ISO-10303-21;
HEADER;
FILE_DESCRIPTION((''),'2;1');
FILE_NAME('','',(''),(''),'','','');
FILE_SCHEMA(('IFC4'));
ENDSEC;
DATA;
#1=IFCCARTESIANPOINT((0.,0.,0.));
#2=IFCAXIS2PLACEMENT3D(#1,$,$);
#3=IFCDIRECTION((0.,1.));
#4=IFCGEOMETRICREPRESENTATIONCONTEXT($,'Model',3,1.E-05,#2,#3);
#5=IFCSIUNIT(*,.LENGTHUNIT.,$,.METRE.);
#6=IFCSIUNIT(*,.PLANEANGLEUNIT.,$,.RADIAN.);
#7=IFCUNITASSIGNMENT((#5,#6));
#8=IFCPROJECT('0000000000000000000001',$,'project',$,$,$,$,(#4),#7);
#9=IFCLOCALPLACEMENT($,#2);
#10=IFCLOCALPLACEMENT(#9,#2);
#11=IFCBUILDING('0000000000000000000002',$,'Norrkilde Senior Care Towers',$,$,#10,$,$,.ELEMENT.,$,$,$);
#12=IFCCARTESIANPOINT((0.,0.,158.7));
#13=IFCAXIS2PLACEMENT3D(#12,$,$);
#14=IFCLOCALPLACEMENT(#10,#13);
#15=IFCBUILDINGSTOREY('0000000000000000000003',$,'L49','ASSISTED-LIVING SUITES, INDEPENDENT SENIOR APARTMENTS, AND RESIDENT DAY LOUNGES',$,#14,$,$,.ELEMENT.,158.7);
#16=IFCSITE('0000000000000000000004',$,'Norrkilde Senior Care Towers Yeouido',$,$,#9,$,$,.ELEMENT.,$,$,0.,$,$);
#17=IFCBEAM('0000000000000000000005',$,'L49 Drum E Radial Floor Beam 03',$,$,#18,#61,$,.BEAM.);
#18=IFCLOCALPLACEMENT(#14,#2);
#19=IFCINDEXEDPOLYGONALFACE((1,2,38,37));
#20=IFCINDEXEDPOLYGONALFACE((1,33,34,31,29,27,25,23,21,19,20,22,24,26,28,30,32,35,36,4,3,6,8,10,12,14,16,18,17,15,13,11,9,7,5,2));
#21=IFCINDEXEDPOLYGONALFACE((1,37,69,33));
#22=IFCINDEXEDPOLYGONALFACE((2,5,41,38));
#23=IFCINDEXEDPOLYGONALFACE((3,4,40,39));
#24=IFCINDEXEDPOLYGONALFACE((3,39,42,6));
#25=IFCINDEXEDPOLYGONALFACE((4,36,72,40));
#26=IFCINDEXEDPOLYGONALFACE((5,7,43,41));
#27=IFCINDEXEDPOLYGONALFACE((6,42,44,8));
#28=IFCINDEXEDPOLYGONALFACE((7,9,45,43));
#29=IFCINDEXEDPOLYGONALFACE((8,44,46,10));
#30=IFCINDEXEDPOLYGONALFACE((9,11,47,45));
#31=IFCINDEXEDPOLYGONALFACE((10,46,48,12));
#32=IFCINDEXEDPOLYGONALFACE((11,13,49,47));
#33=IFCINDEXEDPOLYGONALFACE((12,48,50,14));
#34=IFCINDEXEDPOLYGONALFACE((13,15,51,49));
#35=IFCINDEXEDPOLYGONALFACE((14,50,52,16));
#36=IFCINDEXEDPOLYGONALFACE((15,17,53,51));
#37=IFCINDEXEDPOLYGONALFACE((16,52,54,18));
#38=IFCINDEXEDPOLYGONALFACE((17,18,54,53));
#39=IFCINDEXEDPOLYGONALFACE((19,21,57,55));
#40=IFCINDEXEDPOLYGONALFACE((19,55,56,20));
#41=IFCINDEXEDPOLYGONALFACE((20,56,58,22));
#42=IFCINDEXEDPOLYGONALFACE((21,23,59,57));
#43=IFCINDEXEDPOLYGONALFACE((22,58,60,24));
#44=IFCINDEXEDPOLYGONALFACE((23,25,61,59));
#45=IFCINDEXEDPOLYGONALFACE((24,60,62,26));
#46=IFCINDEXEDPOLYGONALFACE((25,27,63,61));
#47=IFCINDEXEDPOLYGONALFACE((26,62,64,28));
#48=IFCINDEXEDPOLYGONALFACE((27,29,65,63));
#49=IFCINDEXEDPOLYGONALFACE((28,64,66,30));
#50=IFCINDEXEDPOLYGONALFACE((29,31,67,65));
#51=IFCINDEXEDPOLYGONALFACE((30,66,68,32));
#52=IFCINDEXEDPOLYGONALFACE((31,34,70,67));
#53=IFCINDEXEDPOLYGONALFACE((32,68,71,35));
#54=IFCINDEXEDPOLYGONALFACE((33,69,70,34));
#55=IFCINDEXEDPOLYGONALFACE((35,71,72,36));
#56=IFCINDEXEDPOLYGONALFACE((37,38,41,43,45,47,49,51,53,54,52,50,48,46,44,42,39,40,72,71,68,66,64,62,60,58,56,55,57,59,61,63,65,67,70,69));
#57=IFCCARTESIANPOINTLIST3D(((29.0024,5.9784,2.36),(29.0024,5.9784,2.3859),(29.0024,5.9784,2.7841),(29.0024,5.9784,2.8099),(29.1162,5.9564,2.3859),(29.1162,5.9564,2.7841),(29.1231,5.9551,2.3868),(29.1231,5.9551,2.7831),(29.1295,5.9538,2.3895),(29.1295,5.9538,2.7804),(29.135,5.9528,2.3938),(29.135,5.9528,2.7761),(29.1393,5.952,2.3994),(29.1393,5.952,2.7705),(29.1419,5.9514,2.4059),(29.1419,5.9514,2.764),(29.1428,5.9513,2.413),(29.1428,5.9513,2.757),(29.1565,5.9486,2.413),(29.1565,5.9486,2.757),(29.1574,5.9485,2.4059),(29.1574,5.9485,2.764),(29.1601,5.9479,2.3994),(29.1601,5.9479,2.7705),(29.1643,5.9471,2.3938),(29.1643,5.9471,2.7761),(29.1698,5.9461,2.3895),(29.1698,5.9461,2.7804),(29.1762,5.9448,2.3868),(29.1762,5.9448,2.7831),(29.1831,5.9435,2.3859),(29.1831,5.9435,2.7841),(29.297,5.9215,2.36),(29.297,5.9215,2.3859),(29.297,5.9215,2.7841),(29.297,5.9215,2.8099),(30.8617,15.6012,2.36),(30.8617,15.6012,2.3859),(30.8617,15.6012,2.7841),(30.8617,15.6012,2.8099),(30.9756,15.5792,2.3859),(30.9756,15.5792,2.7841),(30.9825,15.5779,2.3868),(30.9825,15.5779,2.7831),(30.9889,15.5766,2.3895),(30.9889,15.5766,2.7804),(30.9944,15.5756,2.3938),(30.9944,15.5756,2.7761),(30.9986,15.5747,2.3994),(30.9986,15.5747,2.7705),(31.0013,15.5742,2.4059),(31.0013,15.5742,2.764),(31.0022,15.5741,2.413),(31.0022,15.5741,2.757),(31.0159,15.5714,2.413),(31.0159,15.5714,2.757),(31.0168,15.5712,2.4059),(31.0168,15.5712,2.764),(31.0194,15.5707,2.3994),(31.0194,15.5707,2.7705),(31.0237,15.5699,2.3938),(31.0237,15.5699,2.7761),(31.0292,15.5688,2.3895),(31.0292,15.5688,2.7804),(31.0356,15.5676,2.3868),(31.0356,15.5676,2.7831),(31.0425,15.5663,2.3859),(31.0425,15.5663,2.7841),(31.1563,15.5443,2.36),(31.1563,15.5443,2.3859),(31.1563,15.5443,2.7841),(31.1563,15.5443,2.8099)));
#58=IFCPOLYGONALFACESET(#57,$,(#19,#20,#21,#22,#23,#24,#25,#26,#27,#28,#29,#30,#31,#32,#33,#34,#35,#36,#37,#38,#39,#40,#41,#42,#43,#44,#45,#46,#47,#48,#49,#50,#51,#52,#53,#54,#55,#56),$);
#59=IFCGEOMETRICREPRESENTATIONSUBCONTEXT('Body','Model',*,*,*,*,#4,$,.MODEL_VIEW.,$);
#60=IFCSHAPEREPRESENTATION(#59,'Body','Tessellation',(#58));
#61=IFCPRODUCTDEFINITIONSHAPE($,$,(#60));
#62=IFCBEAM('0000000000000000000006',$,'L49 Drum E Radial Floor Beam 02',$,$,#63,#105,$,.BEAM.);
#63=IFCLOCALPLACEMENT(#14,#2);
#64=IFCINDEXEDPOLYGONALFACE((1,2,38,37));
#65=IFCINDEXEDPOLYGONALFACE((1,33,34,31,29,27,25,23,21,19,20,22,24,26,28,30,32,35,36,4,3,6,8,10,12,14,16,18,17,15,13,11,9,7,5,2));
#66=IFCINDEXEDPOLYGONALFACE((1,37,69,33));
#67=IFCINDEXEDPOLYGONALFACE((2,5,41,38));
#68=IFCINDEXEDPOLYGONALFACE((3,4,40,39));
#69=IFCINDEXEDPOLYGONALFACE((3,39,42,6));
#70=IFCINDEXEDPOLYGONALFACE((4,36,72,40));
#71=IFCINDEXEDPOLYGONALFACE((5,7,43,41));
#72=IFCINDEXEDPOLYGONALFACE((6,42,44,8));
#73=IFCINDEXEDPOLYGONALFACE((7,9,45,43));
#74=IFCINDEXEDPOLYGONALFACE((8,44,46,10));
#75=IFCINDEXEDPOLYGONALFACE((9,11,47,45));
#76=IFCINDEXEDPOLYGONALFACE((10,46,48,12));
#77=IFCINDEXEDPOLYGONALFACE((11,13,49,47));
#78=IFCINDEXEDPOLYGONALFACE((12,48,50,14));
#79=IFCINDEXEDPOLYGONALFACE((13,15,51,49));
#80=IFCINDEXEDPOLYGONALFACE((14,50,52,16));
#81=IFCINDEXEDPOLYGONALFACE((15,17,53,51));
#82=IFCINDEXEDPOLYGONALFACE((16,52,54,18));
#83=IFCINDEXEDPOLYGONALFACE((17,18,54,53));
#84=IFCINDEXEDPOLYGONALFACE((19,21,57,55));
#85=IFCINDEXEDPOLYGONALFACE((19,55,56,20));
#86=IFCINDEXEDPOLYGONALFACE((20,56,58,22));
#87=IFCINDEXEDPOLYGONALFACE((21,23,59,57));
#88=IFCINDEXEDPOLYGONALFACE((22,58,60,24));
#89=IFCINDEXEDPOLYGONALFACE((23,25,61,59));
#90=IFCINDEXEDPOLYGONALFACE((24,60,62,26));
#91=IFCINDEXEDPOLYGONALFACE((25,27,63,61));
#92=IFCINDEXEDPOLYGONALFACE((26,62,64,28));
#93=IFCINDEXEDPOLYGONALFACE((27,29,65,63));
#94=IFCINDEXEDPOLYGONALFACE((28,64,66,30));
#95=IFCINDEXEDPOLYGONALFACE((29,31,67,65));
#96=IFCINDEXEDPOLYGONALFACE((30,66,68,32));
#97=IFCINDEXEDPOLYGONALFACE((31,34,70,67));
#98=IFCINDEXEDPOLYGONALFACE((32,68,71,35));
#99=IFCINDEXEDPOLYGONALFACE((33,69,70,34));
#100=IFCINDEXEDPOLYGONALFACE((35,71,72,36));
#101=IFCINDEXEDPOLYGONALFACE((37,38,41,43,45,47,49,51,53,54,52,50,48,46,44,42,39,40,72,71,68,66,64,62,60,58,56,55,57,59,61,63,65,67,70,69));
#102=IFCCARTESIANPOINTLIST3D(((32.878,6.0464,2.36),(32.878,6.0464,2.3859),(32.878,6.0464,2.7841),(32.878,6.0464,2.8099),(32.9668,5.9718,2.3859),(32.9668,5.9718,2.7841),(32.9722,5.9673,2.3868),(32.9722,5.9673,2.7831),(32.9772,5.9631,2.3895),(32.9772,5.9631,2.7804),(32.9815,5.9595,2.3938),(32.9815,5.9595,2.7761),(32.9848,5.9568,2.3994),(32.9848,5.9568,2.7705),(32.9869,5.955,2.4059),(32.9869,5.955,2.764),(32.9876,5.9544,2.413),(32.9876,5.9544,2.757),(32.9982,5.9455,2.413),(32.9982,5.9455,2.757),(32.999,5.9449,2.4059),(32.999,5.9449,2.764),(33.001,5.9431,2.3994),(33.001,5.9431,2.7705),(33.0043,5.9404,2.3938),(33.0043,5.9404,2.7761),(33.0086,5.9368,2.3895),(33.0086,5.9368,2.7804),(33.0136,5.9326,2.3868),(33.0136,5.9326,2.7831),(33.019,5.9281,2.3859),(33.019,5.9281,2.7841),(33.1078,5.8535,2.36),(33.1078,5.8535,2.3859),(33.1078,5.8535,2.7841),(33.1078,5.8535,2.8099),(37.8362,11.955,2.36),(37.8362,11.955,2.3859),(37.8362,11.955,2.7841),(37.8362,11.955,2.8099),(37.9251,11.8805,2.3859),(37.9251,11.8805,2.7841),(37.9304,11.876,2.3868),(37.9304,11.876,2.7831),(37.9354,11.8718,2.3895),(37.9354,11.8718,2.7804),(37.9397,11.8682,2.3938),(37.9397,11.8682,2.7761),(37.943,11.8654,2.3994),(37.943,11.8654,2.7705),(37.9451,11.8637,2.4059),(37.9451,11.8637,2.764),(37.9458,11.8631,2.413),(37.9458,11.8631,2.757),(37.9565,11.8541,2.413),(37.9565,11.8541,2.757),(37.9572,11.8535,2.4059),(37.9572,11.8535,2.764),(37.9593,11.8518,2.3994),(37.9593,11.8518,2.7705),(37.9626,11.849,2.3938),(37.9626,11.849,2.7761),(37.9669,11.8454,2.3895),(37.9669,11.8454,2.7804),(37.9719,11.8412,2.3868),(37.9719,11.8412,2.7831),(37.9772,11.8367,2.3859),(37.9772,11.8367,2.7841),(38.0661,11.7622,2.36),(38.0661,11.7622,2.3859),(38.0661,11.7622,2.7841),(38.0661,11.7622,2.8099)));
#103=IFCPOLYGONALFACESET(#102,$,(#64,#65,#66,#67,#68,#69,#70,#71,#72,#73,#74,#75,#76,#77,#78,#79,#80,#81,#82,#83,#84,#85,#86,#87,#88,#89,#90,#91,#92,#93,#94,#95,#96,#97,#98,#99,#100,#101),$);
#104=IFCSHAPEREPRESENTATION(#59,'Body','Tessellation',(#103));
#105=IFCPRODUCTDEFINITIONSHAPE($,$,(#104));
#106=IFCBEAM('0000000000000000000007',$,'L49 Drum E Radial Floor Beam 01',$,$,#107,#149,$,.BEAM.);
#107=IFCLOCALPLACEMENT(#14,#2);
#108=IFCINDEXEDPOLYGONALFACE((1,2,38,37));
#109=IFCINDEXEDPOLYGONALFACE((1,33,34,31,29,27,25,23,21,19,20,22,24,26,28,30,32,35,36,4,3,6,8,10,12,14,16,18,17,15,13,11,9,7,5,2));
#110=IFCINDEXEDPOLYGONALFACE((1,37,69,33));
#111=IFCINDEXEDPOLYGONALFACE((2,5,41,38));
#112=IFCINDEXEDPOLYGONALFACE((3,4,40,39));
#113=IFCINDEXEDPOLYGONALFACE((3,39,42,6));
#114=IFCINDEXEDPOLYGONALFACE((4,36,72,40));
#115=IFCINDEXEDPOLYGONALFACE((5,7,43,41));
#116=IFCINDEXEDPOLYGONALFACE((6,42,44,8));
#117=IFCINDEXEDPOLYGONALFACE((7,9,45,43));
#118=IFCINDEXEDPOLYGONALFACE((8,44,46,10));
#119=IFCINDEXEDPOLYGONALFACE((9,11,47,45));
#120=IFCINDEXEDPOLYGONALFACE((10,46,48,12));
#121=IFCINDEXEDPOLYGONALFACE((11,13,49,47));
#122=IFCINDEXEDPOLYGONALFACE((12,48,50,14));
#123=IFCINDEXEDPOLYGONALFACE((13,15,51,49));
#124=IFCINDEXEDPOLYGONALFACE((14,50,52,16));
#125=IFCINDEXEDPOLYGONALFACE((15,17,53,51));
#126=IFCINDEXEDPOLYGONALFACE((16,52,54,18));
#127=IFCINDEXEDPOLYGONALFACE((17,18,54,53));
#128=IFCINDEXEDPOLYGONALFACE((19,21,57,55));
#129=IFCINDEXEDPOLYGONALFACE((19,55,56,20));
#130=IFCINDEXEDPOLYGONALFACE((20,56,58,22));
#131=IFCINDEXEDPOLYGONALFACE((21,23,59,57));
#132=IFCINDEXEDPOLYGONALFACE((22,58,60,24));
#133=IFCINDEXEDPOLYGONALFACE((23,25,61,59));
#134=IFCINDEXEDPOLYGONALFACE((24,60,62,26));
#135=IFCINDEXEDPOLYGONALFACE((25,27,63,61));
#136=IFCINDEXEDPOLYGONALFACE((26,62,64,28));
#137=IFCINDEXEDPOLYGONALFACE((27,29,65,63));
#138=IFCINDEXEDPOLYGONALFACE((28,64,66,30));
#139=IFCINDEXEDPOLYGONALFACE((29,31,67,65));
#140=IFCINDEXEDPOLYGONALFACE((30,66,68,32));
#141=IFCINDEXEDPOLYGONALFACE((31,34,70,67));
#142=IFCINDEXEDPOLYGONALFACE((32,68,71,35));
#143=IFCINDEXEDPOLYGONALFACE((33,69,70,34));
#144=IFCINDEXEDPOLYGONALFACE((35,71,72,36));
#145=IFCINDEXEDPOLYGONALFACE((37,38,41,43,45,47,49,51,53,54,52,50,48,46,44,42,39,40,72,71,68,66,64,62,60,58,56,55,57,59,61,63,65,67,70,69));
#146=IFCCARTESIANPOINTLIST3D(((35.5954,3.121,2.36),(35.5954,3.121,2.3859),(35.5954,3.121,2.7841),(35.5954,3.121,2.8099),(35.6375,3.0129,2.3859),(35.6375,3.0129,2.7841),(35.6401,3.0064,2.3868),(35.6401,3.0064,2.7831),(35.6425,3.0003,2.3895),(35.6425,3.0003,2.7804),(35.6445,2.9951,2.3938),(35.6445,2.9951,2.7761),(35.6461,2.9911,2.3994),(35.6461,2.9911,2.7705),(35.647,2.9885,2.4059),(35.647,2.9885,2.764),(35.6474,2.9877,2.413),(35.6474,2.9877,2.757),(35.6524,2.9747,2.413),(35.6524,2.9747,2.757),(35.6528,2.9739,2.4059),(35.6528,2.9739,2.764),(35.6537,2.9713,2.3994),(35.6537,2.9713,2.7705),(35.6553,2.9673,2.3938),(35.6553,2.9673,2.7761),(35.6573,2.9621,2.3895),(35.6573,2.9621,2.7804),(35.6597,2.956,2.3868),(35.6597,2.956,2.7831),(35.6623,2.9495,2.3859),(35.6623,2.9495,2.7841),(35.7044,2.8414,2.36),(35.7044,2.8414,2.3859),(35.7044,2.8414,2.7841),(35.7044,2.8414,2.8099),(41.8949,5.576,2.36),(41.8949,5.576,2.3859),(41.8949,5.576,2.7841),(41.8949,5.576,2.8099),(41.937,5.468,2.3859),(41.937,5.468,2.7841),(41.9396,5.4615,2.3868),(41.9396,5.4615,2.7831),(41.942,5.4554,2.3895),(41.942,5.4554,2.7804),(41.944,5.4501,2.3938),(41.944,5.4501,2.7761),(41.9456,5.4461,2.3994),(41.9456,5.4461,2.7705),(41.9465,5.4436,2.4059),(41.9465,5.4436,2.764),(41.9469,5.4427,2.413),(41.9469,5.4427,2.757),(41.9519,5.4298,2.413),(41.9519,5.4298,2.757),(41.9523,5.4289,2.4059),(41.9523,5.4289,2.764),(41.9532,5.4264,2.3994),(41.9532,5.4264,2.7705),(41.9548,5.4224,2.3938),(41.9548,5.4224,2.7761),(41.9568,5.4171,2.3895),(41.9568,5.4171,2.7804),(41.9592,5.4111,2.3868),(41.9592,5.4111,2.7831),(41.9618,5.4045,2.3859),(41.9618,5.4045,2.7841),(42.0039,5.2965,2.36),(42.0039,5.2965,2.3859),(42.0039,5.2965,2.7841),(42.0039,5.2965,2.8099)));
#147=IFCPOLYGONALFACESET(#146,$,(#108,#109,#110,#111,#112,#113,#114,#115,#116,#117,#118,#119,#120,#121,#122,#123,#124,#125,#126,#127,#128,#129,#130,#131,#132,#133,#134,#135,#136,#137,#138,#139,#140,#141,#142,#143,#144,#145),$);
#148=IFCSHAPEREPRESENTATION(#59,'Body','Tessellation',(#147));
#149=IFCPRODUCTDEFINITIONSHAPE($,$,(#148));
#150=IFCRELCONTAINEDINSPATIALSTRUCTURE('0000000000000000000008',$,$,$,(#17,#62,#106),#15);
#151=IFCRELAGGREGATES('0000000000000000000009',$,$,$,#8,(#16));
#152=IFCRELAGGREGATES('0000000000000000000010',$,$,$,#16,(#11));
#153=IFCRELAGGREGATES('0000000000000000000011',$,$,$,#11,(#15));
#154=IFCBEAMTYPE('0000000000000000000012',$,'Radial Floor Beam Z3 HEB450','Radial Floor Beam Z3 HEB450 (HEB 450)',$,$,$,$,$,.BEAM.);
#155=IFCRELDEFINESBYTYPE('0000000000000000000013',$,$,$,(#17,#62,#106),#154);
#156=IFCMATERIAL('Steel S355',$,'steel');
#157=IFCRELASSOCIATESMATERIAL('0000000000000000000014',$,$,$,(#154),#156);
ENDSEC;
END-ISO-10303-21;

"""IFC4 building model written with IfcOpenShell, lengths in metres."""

from ifc_helpers import new_model, si_unit, direction, frame, origin, origin_2d, place, context, subcontext, project, spatial, i_section, extrude, source, transform, mapped, material, material_profile, profile_set, type_object, element, save


model = new_model("IFC4")

# Units and contexts
model_context = context("Model", 3, precision=1e-05, world=origin(), true_north=direction((0.0, 1.0)))
body_context = subcontext(model_context, "Body", "Model", "MODEL_VIEW")
ifc_project = project(units=[si_unit("LENGTHUNIT", "METRE"), si_unit("PLANEANGLEUNIT", "RADIAN")], contexts=[model_context])

# Site, building, storey
site_placement = place(None, origin())
site = spatial("IfcSite", under=ifc_project, at=site_placement, Name="Norrkilde Senior Care Towers Yeouido", CompositionType="ELEMENT", RefElevation=0.0)
building_placement = place(site_placement, origin())
building = spatial("IfcBuilding", under=site, at=building_placement, Name="Norrkilde Senior Care Towers", CompositionType="ELEMENT")
storey_placement = place(building_placement, frame((0.0, 0.0, 158.7)))
storey = spatial("IfcBuildingStorey", under=building, at=storey_placement, Name="L49", Description="ASSISTED-LIVING SUITES, INDEPENDENT SENIOR APARTMENTS, AND RESIDENT DAY LOUNGES", CompositionType="ELEMENT", Elevation=158.7)

# Beams
ifc_material_1 = material(Name="Steel S355", Category="steel")
ifc_material_profile_1 = material_profile(ifc_material_1, i_section(OverallWidth=0.3, OverallDepth=0.45, WebThickness=0.0139, FlangeThickness=0.0259, FilletRadius=0.0271, at=origin_2d()), Name="HEB 450")
ifc_profile_set_1 = profile_set([ifc_material_profile_1], Name="Steel S355")
beam_type_1 = type_object("IfcBeamType", Name="Radial Floor Beam Z3 HEB450", Description="Radial Floor Beam Z3 HEB450 (HEB 450)", PredefinedType="BEAM", material=ifc_profile_set_1)
shared_shape_1 = source(origin(), body_context, "Body", "SweptSolid", [
    extrude(i_section(OverallWidth=0.3, OverallDepth=0.45, WebThickness=0.0139, FlangeThickness=0.0259, FilletRadius=0.0271, at=origin_2d()), origin(), (0.0, 0.0, 1.0), 9.8008),
])
beam_1_placement = place(storey_placement, frame((29.1497, 5.95, 2.585), z_axis=(0.189717, 0.981839, 0.0), x_axis=(-0.981839, 0.189717, 0.0)))
element("IfcBeam", 1, at=beam_1_placement, inside=storey, type_object=beam_type_1, Name="L49 Drum E Radial Floor Beam 03", PredefinedType="BEAM", context=body_context, shape_type="MappedRepresentation", body=[
    mapped(shared_shape_1, transform((0.0, 0.0, 0.0), x_axis=(1.0, 0.0, 0.0), y_axis=(0.0, 1.0, 0.0), z_axis=(0.0, 0.0, 1.0), scale=1.0)),
])
shared_shape_2 = source(origin(), body_context, "Body", "SweptSolid", [
    extrude(i_section(OverallWidth=0.3, OverallDepth=0.45, WebThickness=0.0139, FlangeThickness=0.0259, FilletRadius=0.0271, at=origin_2d()), origin(), (0.0, 0.0, 1.0), 7.7134),
])
beam_2_placement = place(storey_placement, frame((32.9929, 5.95, 2.585), z_axis=(0.642808, 0.766027, 0.0), x_axis=(-0.766027, 0.642808, 0.0)))
element("IfcBeam", 2, at=beam_2_placement, inside=storey, type_object=beam_type_1, Name="L49 Drum E Radial Floor Beam 02", PredefinedType="BEAM", context=body_context, shape_type="MappedRepresentation", body=[
    mapped(shared_shape_2, transform((0.0, 0.0, 0.0), x_axis=(1.0, 0.0, 0.0), y_axis=(0.0, 1.0, 0.0), z_axis=(0.0, 0.0, 1.0), scale=1.0)),
])
shared_shape_3 = source(origin(), body_context, "Body", "SweptSolid", [
    extrude(i_section(OverallWidth=0.3, OverallDepth=0.45, WebThickness=0.0139, FlangeThickness=0.0259, FilletRadius=0.0271, at=origin_2d()), origin(), (0.0, 0.0, 1.0), 6.761),
])
beam_3_placement = place(storey_placement, frame((35.6499, 2.9812, 2.585), z_axis=(0.931742, 0.363121, 0.0), x_axis=(-0.363121, 0.931742, 0.0)))
element("IfcBeam", 3, at=beam_3_placement, inside=storey, type_object=beam_type_1, Name="L49 Drum E Radial Floor Beam 01", PredefinedType="BEAM", context=body_context, shape_type="MappedRepresentation", body=[
    mapped(shared_shape_3, transform((0.0, 0.0, 0.0), x_axis=(1.0, 0.0, 0.0), y_axis=(0.0, 1.0, 0.0), z_axis=(0.0, 0.0, 1.0), scale=1.0)),
])

save(model, "model.ifc")
